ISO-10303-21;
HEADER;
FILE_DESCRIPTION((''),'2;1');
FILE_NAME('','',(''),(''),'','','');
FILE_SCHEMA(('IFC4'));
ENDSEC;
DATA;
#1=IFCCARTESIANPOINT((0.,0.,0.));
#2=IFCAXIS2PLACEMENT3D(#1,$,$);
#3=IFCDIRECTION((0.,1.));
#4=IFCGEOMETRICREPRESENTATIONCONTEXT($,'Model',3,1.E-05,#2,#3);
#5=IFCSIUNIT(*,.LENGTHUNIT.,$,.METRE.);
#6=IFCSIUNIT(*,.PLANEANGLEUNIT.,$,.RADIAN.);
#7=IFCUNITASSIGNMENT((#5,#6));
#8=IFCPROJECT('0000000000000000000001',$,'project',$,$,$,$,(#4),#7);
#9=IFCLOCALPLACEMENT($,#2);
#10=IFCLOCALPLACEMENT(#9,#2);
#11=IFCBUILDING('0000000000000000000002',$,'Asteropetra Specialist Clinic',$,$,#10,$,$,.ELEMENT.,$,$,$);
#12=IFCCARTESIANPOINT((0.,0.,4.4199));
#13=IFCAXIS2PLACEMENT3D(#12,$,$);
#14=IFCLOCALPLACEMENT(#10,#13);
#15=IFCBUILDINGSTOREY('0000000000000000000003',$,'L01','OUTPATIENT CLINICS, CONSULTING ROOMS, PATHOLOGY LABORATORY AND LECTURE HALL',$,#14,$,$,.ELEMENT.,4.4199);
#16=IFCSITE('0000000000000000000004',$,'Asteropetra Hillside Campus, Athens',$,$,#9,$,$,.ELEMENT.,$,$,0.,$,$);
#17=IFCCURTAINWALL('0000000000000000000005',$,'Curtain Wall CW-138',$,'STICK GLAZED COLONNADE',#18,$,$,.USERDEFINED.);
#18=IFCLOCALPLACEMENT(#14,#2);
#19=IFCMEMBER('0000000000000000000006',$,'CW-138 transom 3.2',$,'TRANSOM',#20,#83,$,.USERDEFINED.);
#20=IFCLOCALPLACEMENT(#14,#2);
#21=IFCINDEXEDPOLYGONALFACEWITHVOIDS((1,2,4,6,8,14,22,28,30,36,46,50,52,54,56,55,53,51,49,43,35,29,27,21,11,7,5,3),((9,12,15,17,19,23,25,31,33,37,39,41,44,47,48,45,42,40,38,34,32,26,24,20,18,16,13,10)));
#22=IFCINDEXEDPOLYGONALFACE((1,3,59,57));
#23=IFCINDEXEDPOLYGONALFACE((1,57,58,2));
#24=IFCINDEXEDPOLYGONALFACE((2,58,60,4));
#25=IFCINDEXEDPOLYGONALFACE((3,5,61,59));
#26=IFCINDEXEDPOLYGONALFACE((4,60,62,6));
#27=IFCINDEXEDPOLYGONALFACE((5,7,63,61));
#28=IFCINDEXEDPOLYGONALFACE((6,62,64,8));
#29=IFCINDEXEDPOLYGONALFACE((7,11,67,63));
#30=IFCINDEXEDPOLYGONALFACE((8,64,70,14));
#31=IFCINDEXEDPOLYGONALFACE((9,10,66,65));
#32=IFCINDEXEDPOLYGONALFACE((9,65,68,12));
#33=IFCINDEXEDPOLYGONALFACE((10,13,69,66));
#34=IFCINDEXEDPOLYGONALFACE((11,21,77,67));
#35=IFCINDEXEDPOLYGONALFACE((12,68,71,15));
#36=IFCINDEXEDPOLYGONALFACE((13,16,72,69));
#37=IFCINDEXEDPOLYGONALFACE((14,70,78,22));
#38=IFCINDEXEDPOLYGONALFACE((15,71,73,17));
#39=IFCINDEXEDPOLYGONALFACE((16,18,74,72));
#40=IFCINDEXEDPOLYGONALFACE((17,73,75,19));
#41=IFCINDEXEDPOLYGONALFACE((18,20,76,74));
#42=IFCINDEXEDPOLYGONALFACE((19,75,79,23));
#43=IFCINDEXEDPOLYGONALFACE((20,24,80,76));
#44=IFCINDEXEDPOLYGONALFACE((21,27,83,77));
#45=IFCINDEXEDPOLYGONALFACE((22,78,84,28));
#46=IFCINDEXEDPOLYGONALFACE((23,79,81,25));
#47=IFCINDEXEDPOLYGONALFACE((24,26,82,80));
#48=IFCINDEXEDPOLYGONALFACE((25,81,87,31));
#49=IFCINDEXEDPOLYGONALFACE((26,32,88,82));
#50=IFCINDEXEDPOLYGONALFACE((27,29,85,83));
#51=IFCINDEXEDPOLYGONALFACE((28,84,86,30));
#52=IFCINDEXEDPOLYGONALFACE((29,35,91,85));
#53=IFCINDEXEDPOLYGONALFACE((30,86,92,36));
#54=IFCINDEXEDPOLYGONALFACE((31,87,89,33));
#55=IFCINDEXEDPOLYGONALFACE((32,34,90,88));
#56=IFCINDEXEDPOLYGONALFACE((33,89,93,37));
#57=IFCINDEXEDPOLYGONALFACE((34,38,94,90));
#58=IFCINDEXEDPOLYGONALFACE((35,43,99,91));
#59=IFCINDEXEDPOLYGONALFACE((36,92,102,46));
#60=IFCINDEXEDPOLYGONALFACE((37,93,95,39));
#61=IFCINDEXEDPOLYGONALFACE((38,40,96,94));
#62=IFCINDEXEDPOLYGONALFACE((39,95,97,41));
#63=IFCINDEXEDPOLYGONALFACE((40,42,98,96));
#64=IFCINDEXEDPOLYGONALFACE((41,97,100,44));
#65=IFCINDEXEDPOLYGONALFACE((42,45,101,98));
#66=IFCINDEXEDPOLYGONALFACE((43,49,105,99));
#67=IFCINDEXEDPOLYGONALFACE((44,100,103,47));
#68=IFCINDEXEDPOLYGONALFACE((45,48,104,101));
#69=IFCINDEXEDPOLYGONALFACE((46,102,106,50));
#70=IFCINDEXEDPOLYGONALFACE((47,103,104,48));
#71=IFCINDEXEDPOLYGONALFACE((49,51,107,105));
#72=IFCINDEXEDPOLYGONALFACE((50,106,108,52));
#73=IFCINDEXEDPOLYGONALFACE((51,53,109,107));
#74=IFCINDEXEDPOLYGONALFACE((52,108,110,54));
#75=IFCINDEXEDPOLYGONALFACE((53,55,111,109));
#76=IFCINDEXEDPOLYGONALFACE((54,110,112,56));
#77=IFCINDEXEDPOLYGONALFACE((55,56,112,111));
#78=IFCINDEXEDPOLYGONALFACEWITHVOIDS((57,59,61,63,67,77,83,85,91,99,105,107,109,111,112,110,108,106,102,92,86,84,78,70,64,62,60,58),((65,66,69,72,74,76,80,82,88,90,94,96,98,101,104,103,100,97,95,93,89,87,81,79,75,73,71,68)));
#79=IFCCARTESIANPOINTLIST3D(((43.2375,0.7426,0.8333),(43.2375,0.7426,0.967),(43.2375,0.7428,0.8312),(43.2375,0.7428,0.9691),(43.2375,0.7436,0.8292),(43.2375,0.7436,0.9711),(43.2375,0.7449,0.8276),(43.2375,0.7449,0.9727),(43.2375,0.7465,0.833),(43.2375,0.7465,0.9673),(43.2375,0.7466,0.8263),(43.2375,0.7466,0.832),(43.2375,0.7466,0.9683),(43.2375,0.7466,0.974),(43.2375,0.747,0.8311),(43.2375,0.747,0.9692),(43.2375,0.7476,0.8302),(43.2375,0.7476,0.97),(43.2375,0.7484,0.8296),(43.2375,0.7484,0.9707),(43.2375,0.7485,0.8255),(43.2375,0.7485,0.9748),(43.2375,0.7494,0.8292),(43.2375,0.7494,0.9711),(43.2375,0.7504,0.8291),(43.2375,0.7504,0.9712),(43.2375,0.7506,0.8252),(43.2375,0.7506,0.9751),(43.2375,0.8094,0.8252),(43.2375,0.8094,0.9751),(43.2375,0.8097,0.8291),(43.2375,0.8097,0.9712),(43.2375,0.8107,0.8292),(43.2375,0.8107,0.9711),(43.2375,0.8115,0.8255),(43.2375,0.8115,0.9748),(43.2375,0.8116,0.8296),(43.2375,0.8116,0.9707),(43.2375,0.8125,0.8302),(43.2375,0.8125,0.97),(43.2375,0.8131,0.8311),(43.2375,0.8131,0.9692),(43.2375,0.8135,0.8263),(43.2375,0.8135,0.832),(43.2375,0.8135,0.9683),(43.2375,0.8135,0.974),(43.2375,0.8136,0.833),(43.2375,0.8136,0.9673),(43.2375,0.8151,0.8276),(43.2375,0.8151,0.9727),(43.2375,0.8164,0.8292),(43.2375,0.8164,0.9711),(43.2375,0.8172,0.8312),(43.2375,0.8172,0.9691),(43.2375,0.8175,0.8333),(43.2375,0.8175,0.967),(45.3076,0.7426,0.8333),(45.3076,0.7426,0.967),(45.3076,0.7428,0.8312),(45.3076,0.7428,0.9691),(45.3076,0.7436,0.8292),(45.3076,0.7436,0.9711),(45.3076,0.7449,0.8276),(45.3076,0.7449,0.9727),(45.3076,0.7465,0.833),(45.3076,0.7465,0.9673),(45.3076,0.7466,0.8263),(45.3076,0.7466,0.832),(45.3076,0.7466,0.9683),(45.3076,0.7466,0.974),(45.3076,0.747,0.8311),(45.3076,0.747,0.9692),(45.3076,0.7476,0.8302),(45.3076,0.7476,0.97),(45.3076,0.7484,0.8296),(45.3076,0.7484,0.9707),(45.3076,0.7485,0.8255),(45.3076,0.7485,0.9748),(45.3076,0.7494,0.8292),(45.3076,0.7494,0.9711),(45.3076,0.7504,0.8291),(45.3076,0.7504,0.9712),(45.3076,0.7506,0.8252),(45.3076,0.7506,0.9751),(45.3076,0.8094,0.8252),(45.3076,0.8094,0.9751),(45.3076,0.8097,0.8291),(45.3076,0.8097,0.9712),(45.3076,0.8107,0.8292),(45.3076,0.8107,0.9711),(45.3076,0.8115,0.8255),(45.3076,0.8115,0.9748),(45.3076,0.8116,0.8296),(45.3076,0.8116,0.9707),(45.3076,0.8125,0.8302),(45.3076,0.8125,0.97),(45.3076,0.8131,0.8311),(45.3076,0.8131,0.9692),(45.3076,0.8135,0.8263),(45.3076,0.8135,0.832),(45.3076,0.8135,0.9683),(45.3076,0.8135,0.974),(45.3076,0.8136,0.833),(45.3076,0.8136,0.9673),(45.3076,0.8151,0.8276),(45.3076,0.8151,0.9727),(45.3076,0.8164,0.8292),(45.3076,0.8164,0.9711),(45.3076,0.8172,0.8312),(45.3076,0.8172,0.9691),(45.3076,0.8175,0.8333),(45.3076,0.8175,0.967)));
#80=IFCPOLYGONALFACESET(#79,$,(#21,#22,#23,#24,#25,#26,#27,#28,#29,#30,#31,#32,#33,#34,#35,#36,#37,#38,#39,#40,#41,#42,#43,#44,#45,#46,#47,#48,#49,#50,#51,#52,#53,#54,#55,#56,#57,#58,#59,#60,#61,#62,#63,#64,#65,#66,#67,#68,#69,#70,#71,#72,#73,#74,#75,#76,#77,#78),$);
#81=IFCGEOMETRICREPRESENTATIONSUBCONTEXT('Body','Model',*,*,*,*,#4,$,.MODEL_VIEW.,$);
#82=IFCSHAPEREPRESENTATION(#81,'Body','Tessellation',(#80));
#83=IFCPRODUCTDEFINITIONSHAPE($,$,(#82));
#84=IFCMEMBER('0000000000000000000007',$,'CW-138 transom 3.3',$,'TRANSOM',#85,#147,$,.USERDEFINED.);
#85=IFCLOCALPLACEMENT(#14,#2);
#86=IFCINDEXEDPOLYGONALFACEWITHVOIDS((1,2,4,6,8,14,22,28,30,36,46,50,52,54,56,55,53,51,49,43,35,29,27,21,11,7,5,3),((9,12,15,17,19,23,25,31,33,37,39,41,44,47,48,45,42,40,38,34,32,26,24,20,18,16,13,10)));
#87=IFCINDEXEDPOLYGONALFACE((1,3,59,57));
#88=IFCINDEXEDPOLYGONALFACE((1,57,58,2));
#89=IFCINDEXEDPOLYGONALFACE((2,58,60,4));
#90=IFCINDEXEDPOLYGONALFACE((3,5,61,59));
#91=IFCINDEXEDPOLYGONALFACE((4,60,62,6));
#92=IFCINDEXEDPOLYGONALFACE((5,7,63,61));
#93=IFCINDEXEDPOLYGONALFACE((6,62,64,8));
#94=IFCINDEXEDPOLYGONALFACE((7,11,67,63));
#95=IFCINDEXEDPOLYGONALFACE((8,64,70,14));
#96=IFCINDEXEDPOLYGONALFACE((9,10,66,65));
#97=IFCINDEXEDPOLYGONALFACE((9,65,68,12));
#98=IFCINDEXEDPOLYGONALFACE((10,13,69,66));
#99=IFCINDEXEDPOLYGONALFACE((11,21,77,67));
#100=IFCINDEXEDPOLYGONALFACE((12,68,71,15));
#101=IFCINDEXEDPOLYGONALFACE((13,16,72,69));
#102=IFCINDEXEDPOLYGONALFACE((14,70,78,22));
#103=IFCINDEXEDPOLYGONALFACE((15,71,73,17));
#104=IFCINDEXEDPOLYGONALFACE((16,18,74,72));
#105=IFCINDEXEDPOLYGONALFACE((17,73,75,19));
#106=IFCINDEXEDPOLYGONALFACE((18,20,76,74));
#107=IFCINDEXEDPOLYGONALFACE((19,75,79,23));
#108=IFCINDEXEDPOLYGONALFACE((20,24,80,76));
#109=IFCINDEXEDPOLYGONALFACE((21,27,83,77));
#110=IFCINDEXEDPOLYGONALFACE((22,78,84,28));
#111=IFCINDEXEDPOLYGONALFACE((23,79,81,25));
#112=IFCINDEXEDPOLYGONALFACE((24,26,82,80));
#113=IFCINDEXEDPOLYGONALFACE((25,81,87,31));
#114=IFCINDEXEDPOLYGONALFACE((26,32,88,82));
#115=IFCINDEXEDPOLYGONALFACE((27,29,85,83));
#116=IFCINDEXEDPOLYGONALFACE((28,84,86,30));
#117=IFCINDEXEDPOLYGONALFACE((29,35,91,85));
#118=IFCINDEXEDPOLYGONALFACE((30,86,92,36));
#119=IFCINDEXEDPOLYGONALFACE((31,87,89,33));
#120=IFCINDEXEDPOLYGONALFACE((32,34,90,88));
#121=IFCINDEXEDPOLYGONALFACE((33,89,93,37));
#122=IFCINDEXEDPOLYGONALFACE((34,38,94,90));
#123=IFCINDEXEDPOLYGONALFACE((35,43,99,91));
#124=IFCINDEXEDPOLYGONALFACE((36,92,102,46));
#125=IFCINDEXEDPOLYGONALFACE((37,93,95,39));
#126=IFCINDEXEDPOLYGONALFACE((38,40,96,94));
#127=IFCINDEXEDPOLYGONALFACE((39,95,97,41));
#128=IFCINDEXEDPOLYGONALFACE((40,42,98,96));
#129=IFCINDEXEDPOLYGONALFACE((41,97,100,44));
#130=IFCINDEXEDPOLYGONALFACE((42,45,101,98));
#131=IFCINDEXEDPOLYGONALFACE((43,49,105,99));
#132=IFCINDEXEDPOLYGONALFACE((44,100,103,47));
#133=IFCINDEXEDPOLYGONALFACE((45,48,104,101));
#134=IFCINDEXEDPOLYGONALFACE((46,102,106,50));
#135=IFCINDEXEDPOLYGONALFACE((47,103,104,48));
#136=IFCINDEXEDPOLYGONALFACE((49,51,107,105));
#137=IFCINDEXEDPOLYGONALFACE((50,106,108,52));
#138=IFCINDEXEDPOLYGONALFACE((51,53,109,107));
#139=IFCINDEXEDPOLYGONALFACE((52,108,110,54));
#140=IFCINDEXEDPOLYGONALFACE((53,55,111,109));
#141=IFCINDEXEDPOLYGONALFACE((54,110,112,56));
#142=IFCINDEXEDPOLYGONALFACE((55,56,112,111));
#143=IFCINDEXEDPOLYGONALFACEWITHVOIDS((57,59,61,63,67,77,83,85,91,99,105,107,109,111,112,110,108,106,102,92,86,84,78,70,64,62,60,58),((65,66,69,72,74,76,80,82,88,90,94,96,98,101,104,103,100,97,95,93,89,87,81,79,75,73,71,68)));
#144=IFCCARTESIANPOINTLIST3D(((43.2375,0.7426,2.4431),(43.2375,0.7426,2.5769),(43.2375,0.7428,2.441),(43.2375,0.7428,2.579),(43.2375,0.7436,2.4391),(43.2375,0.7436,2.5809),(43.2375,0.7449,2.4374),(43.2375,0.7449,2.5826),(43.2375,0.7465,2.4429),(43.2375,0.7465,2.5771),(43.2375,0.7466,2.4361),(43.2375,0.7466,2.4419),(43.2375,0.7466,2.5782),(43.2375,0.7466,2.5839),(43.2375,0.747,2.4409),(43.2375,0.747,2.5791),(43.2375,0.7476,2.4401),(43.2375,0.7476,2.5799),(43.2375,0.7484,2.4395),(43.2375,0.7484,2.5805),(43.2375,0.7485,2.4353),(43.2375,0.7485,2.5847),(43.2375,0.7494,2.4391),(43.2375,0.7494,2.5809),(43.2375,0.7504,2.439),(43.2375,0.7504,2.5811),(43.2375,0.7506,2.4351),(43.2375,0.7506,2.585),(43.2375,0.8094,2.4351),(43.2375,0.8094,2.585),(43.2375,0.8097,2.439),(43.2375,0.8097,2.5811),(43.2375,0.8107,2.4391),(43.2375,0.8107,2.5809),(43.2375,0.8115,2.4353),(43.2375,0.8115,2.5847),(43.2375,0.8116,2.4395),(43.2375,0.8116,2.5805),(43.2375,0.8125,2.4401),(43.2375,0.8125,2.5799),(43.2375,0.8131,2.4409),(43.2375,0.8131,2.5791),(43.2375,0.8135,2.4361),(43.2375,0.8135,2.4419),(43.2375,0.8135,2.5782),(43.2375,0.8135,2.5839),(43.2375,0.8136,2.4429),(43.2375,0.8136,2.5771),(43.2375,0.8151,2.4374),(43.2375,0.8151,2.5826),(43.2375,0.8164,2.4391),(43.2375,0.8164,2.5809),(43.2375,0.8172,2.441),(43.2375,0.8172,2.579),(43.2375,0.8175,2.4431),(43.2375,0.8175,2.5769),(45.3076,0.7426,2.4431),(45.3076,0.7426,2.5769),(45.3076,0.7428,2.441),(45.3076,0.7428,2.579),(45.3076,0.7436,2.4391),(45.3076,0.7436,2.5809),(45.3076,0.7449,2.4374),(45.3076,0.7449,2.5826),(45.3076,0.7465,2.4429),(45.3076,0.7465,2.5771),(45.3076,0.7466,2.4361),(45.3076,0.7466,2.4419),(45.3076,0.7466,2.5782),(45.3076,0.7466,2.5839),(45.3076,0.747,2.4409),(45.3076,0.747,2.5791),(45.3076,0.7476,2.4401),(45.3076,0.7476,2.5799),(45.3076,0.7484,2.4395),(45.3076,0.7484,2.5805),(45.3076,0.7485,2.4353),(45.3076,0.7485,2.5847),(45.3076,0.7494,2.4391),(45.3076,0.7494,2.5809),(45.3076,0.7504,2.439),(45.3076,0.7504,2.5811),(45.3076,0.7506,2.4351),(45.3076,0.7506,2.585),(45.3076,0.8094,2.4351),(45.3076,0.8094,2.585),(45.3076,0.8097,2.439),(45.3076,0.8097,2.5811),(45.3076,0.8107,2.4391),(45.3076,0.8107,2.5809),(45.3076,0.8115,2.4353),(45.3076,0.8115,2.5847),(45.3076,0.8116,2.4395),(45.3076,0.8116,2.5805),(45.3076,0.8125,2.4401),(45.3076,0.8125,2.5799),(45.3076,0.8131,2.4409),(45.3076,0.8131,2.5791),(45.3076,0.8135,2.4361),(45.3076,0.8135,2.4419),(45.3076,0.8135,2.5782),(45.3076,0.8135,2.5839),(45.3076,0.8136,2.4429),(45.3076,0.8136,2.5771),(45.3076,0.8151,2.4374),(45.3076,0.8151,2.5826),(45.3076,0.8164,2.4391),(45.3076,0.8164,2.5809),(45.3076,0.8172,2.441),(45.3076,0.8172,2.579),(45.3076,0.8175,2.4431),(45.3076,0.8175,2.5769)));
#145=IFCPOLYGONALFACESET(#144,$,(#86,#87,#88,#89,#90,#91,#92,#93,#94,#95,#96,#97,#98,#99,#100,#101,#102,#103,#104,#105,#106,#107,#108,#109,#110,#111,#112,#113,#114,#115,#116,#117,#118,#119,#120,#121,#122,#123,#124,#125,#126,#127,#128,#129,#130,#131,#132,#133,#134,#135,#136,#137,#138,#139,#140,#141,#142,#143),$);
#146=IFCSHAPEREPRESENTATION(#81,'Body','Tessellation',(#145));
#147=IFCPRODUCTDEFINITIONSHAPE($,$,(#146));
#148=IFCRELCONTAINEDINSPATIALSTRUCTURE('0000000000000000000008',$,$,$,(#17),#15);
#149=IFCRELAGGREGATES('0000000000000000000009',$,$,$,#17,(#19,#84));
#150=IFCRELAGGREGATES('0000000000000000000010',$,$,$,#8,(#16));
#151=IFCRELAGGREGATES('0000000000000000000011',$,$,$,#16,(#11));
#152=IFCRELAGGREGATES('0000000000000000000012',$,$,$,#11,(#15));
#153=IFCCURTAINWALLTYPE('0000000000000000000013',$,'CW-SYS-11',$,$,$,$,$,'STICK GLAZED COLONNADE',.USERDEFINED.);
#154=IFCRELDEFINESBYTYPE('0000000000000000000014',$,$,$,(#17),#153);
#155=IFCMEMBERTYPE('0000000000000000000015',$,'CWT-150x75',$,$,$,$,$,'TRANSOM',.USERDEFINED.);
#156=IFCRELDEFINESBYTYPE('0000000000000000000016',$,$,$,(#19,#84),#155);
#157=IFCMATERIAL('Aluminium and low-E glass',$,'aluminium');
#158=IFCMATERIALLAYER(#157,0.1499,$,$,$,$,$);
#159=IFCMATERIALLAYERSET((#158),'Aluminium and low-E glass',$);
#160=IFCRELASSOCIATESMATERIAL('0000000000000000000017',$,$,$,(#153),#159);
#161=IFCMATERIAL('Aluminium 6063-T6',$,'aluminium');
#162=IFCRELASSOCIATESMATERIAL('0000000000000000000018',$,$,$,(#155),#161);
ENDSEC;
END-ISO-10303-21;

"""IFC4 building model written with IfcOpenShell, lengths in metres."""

from ifc_helpers import new_model, si_unit, direction, frame, origin, origin_2d, place, context, subcontext, project, spatial, hollow_rectangle, extrude, material, layer, layer_set, material_profile, profile_set, type_object, element, aggregate, save


model = new_model("IFC4")

# Units and contexts
model_context = context("Model", 3, precision=1e-05, world=origin(), true_north=direction((0.0, 1.0)))
body_context = subcontext(model_context, "Body", "Model", "MODEL_VIEW")
ifc_project = project(units=[si_unit("LENGTHUNIT", "METRE"), si_unit("PLANEANGLEUNIT", "RADIAN")], contexts=[model_context])

# Site, building, storey
site_placement = place(None, origin())
site = spatial("IfcSite", under=ifc_project, at=site_placement, Name="Asteropetra Hillside Campus, Athens", CompositionType="ELEMENT", RefElevation=0.0)
building_placement = place(site_placement, origin())
building = spatial("IfcBuilding", under=site, at=building_placement, Name="Asteropetra Specialist Clinic", CompositionType="ELEMENT")
storey_placement = place(building_placement, frame((0.0, 0.0, 4.4199)))
storey = spatial("IfcBuildingStorey", under=building, at=storey_placement, Name="L01", Description="OUTPATIENT CLINICS, CONSULTING ROOMS, PATHOLOGY LABORATORY AND LECTURE HALL", CompositionType="ELEMENT", Elevation=4.4199)

# Curtain wall, members
ifc_material_1 = material(Name="Aluminium and low-E glass", Category="aluminium")
ifc_layer_1 = layer(ifc_material_1, 0.1499)
ifc_layer_set_1 = layer_set([ifc_layer_1], Name="Aluminium and low-E glass")
curtain_wall_type = type_object("IfcCurtainWallType", Name="CW-SYS-11", ElementType="STICK GLAZED COLONNADE", PredefinedType="USERDEFINED", material=ifc_layer_set_1)
curtain_wall_placement = place(storey_placement, origin())
curtain_wall = element("IfcCurtainWall", 1, at=curtain_wall_placement, inside=storey, type_object=curtain_wall_type, Name="Curtain Wall CW-138", ObjectType="STICK GLAZED COLONNADE", PredefinedType="USERDEFINED")
ifc_material_2 = material(Name="Aluminium 6063-T6", Category="aluminium")
ifc_material_profile_1 = material_profile(ifc_material_2, hollow_rectangle(XDim=0.075, YDim=0.1499, WallThickness=0.0039, InnerFilletRadius=0.0039, OuterFilletRadius=0.0081, at=origin_2d()), Name="TRN 150x75x4.0")
ifc_profile_set_1 = profile_set([ifc_material_profile_1], Name="Aluminium 6063-T6")
member_type_1 = type_object("IfcMemberType", Name="CWT-150x75", ElementType="TRANSOM", PredefinedType="USERDEFINED", material=ifc_profile_set_1)
member_1_placement = place(storey_placement, frame((43.2375, 0.78, 0.9001), z_axis=(1.0, 0.0, 0.0), x_axis=(0.0, 1.0, 0.0)))
member_1 = element("IfcMember", 2, at=member_1_placement, type_object=member_type_1, Name="CW-138 transom 3.2", ObjectType="TRANSOM", PredefinedType="USERDEFINED", context=body_context, shape_type="SweptSolid", body=[
    extrude(hollow_rectangle(XDim=0.075, YDim=0.1499, WallThickness=0.0039, InnerFilletRadius=0.0039, OuterFilletRadius=0.0081, at=origin_2d()), origin(), (0.0, 0.0, 1.0), 2.0701),
])
member_2_placement = place(storey_placement, frame((43.2375, 0.78, 2.51), z_axis=(1.0, 0.0, 0.0), x_axis=(0.0, 1.0, 0.0)))
member_2 = element("IfcMember", 3, at=member_2_placement, type_object=member_type_1, Name="CW-138 transom 3.3", ObjectType="TRANSOM", PredefinedType="USERDEFINED", context=body_context, shape_type="SweptSolid", body=[
    extrude(hollow_rectangle(XDim=0.075, YDim=0.1499, WallThickness=0.0039, InnerFilletRadius=0.0039, OuterFilletRadius=0.0081, at=origin_2d()), origin(), (0.0, 0.0, 1.0), 2.0701),
])

aggregate(curtain_wall, [member_1, member_2])

save(model, "model.ifc")
